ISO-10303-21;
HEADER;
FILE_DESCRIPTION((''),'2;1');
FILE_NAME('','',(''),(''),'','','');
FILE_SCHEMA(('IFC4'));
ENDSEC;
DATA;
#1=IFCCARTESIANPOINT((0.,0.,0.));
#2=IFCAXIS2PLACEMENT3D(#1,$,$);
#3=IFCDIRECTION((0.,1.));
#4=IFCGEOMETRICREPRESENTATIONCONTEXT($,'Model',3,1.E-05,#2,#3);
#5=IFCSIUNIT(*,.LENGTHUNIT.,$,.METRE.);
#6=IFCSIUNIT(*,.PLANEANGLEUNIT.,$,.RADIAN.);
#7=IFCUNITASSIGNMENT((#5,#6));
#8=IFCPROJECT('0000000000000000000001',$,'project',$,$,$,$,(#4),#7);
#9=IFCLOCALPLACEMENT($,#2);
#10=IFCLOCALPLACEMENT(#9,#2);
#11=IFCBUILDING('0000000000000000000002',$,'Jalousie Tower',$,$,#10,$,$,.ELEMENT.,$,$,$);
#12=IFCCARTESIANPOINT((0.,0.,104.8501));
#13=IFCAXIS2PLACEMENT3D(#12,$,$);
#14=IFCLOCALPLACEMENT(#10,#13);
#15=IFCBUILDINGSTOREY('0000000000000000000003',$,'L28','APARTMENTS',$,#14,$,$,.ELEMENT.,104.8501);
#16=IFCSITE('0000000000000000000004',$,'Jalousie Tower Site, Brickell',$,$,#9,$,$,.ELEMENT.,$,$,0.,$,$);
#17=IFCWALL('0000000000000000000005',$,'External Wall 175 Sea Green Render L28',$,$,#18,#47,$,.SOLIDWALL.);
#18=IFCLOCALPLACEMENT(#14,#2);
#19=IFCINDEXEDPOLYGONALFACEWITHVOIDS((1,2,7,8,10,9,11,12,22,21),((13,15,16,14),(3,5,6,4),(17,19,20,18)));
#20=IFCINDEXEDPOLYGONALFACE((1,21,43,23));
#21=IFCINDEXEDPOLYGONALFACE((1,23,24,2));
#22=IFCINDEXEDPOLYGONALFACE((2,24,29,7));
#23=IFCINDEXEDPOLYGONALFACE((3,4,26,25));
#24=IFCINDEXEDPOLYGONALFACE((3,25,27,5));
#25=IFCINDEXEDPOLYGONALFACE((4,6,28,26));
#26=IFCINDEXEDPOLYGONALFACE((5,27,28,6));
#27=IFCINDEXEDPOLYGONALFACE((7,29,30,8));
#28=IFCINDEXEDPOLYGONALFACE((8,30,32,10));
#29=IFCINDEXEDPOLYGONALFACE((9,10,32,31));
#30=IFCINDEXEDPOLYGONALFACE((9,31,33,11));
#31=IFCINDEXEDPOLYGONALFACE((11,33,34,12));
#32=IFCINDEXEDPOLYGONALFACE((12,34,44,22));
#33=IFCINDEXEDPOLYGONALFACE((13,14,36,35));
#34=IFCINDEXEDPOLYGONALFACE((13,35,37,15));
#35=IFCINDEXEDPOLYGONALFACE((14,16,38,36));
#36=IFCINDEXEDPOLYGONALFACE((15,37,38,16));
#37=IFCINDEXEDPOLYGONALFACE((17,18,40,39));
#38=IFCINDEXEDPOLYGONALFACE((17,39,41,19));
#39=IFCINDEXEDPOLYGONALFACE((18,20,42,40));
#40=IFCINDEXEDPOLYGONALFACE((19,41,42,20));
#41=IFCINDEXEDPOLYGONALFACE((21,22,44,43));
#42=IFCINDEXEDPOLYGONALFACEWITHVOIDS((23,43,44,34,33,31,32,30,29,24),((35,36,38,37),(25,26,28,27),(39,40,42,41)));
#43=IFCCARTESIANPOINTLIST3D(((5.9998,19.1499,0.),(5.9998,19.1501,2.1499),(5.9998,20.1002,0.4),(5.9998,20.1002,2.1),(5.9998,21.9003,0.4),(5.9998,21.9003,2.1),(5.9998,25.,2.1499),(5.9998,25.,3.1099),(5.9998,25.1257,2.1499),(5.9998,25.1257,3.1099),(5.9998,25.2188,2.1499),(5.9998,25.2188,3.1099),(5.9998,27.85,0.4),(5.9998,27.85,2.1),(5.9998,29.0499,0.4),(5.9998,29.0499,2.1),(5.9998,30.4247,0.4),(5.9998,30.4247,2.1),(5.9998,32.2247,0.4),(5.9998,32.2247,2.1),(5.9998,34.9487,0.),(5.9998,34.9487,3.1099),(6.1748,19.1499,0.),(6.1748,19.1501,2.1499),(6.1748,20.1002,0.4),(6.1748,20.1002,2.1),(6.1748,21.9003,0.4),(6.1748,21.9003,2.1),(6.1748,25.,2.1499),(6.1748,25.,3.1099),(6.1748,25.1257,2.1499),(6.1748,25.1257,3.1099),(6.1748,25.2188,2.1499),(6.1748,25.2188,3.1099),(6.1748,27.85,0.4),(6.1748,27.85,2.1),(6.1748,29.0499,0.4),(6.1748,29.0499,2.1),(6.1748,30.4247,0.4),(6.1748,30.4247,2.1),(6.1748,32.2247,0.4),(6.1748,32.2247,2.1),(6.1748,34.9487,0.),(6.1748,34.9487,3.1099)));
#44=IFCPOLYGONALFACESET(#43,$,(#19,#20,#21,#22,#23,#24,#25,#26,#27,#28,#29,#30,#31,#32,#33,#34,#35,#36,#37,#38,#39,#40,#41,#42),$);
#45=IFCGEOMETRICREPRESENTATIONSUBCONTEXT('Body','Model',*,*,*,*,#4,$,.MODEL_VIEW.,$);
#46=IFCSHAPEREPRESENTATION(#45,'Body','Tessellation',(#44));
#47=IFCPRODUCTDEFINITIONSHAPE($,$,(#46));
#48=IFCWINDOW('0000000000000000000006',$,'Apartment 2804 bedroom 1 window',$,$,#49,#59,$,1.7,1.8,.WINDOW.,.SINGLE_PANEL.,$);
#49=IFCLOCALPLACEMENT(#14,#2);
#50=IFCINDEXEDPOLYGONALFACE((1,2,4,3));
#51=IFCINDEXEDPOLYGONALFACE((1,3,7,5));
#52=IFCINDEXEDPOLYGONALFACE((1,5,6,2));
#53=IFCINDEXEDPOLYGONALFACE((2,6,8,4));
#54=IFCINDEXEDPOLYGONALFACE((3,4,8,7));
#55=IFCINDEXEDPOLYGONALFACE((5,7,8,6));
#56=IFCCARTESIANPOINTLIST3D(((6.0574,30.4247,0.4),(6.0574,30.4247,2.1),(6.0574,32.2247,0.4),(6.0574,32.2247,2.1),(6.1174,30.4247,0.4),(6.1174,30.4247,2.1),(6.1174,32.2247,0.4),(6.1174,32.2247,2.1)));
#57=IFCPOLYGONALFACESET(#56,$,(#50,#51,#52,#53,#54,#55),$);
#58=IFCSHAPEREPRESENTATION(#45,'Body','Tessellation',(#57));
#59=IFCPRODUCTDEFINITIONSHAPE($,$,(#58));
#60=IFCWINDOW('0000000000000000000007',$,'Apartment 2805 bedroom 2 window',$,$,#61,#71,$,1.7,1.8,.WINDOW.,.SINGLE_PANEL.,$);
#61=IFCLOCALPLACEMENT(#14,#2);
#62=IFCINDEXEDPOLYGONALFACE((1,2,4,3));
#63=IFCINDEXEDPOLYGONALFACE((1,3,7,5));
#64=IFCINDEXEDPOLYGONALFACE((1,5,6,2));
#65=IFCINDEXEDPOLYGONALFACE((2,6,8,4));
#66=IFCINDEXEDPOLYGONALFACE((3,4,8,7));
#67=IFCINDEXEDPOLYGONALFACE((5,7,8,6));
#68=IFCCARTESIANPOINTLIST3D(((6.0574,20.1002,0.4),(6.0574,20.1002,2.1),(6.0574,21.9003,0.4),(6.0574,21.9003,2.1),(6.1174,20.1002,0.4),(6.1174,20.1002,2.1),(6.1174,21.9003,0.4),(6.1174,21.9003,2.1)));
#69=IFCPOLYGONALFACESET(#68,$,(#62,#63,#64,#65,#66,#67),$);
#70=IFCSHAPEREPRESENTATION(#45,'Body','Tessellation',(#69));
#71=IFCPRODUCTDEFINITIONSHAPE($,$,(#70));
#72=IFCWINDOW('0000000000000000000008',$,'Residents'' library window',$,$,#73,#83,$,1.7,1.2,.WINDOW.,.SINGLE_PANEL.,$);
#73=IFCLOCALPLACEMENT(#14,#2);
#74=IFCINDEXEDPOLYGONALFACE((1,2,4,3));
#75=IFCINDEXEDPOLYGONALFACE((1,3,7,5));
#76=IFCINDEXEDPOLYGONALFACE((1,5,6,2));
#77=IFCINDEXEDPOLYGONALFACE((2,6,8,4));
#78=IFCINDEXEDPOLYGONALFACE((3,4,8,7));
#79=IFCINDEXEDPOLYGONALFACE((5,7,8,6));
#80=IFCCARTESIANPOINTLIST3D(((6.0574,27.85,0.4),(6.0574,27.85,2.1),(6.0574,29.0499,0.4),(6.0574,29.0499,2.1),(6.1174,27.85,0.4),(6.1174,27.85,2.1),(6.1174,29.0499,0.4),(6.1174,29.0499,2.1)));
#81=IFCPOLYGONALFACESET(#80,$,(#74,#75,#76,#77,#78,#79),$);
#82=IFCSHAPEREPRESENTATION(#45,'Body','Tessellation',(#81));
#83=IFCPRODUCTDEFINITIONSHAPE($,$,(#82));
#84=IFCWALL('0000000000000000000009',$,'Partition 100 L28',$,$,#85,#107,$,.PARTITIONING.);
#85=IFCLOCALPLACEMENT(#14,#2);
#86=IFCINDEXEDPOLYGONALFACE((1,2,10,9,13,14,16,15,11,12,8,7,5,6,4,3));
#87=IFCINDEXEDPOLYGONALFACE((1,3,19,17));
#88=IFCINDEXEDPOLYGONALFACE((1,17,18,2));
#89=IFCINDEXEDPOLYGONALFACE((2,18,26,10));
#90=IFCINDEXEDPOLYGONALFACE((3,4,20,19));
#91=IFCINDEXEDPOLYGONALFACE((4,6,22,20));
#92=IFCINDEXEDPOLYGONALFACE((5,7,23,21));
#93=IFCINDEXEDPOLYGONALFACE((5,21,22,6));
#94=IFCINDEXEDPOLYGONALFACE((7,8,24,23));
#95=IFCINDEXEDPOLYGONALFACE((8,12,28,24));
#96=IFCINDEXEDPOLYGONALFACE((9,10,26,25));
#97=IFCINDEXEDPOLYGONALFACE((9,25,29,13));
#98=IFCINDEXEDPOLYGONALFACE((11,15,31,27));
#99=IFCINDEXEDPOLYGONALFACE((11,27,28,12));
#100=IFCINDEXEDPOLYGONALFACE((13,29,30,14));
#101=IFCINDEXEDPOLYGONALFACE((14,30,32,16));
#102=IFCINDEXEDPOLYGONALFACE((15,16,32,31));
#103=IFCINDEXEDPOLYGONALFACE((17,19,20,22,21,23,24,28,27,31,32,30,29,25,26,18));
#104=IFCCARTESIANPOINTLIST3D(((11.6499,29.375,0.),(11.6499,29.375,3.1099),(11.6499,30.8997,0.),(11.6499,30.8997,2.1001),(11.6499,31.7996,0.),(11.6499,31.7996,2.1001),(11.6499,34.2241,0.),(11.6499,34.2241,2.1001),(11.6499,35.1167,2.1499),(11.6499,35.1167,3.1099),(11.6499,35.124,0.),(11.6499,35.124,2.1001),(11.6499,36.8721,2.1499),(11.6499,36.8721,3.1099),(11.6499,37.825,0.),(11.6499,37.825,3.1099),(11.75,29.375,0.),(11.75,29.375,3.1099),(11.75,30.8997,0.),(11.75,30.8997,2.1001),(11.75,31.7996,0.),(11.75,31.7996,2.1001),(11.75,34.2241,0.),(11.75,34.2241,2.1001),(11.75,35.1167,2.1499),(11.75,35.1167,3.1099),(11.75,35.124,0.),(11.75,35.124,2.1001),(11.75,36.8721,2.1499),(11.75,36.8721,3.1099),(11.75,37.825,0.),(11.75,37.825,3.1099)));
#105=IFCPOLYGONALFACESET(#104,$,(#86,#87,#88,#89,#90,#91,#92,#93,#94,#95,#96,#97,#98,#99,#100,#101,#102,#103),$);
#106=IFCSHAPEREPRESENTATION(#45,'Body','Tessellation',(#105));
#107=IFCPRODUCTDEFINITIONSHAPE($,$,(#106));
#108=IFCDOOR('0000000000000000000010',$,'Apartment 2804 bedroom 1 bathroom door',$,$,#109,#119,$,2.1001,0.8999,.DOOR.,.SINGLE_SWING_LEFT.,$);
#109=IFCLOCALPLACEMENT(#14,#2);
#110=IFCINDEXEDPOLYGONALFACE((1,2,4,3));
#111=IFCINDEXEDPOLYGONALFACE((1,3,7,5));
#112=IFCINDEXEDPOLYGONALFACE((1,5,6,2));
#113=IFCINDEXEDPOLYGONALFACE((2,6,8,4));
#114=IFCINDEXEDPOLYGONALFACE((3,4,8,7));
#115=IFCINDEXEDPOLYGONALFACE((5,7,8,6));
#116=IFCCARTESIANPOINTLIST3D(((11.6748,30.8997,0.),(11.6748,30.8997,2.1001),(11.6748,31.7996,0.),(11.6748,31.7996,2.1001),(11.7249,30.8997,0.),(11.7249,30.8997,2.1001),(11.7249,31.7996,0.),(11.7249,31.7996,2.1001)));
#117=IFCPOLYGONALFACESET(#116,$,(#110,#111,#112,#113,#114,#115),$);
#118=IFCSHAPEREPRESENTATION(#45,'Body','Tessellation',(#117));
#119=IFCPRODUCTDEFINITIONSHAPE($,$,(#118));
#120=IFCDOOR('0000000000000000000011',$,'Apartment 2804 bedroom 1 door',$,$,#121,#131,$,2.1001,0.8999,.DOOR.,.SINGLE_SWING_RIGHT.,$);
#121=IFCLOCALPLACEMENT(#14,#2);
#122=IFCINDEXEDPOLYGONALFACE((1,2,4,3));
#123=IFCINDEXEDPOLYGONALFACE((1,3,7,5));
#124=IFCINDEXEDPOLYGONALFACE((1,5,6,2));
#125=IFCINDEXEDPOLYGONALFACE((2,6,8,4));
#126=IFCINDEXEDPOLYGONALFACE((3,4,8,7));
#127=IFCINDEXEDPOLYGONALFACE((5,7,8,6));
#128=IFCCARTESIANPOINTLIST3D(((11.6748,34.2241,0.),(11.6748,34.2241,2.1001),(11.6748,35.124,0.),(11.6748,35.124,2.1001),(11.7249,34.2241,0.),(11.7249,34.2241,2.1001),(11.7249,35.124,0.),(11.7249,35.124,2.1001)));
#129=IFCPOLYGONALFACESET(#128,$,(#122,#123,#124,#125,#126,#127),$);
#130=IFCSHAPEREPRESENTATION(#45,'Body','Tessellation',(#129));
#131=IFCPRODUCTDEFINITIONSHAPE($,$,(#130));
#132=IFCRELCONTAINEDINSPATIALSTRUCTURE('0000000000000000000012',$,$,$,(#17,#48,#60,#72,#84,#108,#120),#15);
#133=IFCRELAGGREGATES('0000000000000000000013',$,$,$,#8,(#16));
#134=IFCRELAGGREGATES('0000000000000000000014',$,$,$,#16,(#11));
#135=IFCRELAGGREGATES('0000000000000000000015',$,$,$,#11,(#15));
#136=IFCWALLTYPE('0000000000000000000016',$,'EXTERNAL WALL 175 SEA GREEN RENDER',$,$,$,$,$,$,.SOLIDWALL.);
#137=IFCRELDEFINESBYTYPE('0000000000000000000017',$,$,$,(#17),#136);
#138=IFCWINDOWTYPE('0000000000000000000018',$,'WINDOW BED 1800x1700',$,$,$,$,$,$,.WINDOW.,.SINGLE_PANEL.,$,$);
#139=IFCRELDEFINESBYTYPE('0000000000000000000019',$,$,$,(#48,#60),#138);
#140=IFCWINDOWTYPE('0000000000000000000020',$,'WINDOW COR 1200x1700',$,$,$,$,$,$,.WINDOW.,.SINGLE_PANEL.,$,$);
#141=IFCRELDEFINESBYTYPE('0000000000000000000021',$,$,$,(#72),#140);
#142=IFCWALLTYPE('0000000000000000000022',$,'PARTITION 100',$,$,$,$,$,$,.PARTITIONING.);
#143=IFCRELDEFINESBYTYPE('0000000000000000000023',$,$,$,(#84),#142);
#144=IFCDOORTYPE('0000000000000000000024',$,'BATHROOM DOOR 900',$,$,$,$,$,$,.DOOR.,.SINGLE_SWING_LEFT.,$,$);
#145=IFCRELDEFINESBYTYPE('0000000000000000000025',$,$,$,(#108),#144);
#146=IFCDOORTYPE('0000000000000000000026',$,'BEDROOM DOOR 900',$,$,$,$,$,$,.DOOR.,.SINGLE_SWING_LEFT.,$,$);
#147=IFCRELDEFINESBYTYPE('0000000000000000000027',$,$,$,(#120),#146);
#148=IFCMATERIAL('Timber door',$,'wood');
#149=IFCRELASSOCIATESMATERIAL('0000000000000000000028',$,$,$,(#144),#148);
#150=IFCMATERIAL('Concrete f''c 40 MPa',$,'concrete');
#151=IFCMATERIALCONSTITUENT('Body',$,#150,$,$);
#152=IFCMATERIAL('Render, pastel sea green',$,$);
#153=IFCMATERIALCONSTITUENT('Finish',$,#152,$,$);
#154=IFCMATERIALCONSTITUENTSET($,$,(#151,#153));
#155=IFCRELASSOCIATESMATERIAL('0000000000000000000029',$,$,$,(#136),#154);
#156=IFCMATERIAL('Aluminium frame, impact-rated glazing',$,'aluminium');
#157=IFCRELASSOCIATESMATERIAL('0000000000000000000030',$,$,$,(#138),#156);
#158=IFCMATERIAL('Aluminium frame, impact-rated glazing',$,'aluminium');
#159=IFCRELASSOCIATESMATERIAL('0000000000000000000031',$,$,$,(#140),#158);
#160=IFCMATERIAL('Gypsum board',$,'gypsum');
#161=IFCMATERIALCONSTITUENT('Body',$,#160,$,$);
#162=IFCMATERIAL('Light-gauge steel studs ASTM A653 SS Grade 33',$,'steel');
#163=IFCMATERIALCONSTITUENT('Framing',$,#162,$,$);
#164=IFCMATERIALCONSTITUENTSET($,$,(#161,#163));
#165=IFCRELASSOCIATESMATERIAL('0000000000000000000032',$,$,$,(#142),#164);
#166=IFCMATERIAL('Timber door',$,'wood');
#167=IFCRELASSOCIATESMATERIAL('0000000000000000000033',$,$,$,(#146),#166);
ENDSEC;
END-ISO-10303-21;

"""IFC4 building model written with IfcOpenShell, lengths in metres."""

from ifc_helpers import new_model, si_unit, direction, frame, frame_2d, origin, place, context, subcontext, project, spatial, polyline, rectangle, outline, extrude, material, constituent, constituent_set, type_object, element, fill, save


model = new_model("IFC4")

# Units and contexts
model_context = context("Model", 3, precision=1e-05, world=origin(), true_north=direction((0.0, 1.0)))
body_context = subcontext(model_context, "Body", "Model", "MODEL_VIEW")
ifc_project = project(units=[si_unit("LENGTHUNIT", "METRE"), si_unit("PLANEANGLEUNIT", "RADIAN")], contexts=[model_context])

# Site, building, storey
site_placement = place(None, origin())
site = spatial("IfcSite", under=ifc_project, at=site_placement, Name="Jalousie Tower Site, Brickell", CompositionType="ELEMENT", RefElevation=0.0)
building_placement = place(site_placement, origin())
building = spatial("IfcBuilding", under=site, at=building_placement, Name="Jalousie Tower", CompositionType="ELEMENT")
storey_placement = place(building_placement, frame((0.0, 0.0, 104.8501)))
storey = spatial("IfcBuildingStorey", under=building, at=storey_placement, Name="L28", Description="APARTMENTS", CompositionType="ELEMENT", Elevation=104.8501)

# Shared definitions
ifc_material_1 = material(Name="Timber door", Category="wood")
door_type_1 = type_object("IfcDoorType", Name="BATHROOM DOOR 900", OperationType="SINGLE_SWING_LEFT", PredefinedType="DOOR", material=ifc_material_1)

# Wall, openings, windows
ifc_material_2 = material(Name="Concrete f'c 40 MPa", Category="concrete")
ifc_constituent_1 = constituent(ifc_material_2, Name="Body")
ifc_material_3 = material(Name="Render, pastel sea green")
ifc_constituent_2 = constituent(ifc_material_3, Name="Finish")
ifc_constituent_set_1 = constituent_set(constituents=[ifc_constituent_1, ifc_constituent_2])
wall_type_1 = type_object("IfcWallType", Name="EXTERNAL WALL 175 SEA GREEN RENDER", PredefinedType="SOLIDWALL", material=ifc_constituent_set_1)
wall_1_placement = place(storey_placement, frame((6.0874, 34.9487, 0.0), z_axis=(0.0, 0.0, 1.0), x_axis=(0.0, -1.0, 0.0)))
wall_1 = element("IfcWall", 1, at=wall_1_placement, inside=storey, type_object=wall_type_1, Name="External Wall 175 Sea Green Render L28", PredefinedType="SOLIDWALL", context=body_context, shape_type="SweptSolid", body=[
    extrude(outline(polyline([(0.0, 0.0), (15.7988, 0.0), (15.7986, 2.1499), (9.9487, 2.1499), (9.9487, 3.1099), (9.823, 3.1099), (9.823, 2.1499), (9.73, 2.1499), (9.73, 3.1099), (0.0, 3.1099), (0.0, 0.0)])), frame((0.0, 0.0874, 0.0), z_axis=(0.0, -1.0, 0.0), x_axis=(1.0, 0.0, 0.0)), (0.0, 0.0, 1.0), 0.175),
])
opening_1_placement = place(wall_1_placement, frame((2.7241, 0.0, 0.3999)))
opening_1 = element("IfcOpeningElement", 2, at=opening_1_placement, cuts=wall_1, PredefinedType="OPENING", context=body_context, shape_type="SweptSolid", body=[
    extrude(rectangle(XDim=1.8, YDim=1.7, at=frame_2d((0.8999, 0.8501))), frame((0.0, 0.0974, 0.0), z_axis=(0.0, -1.0, 0.0), x_axis=(1.0, 0.0, 0.0)), (0.0, 0.0, 1.0), 0.1951),
])
opening_2_placement = place(wall_1_placement, frame((5.8987, 0.0, 0.3999)))
opening_2 = element("IfcOpeningElement", 3, at=opening_2_placement, cuts=wall_1, PredefinedType="OPENING", context=body_context, shape_type="SweptSolid", body=[
    extrude(rectangle(XDim=1.2, YDim=1.7, at=frame_2d((0.6001, 0.8501))), frame((0.0, 0.0974, 0.0), z_axis=(0.0, -1.0, 0.0), x_axis=(1.0, 0.0, 0.0)), (0.0, 0.0, 1.0), 0.1951),
])
opening_3_placement = place(wall_1_placement, frame((13.0486, 0.0, 0.3999)))
opening_3 = element("IfcOpeningElement", 4, at=opening_3_placement, cuts=wall_1, PredefinedType="OPENING", context=body_context, shape_type="SweptSolid", body=[
    extrude(rectangle(XDim=1.8, YDim=1.7, at=frame_2d((0.8999, 0.8501))), frame((0.0, 0.0974, 0.0), z_axis=(0.0, -1.0, 0.0), x_axis=(1.0, 0.0, 0.0)), (0.0, 0.0, 1.0), 0.1951),
])
ifc_material_4 = material(Name="Aluminium frame, impact-rated glazing", Category="aluminium")
window_type_1 = type_object("IfcWindowType", Name="WINDOW BED 1800x1700", PartitioningType="SINGLE_PANEL", PredefinedType="WINDOW", material=ifc_material_4)
window_1_placement = place(opening_1_placement, origin())
window_1 = element("IfcWindow", 5, at=window_1_placement, inside=storey, type_object=window_type_1, Name="Apartment 2804 bedroom 1 window", OverallHeight=1.7, OverallWidth=1.8, PartitioningType="SINGLE_PANEL", PredefinedType="WINDOW", context=body_context, shape_type="SweptSolid", body=[
    extrude(rectangle(XDim=1.8, YDim=1.7, at=frame_2d((0.8999, 0.8501))), frame((0.0, 0.03, 0.0), z_axis=(0.0, -1.0, 0.0), x_axis=(1.0, 0.0, 0.0)), (0.0, 0.0, 1.0), 0.0601),
])
fill(opening_1, window_1)
window_2_placement = place(opening_3_placement, origin())
window_2 = element("IfcWindow", 6, at=window_2_placement, inside=storey, type_object=window_type_1, Name="Apartment 2805 bedroom 2 window", OverallHeight=1.7, OverallWidth=1.8, PartitioningType="SINGLE_PANEL", PredefinedType="WINDOW", context=body_context, shape_type="SweptSolid", body=[
    extrude(rectangle(XDim=1.8, YDim=1.7, at=frame_2d((0.8999, 0.8501))), frame((0.0, 0.03, 0.0), z_axis=(0.0, -1.0, 0.0), x_axis=(1.0, 0.0, 0.0)), (0.0, 0.0, 1.0), 0.0601),
])
fill(opening_3, window_2)
ifc_material_5 = material(Name="Aluminium frame, impact-rated glazing", Category="aluminium")
window_type_2 = type_object("IfcWindowType", Name="WINDOW COR 1200x1700", PartitioningType="SINGLE_PANEL", PredefinedType="WINDOW", material=ifc_material_5)
window_3_placement = place(opening_2_placement, origin())
window_3 = element("IfcWindow", 7, at=window_3_placement, inside=storey, type_object=window_type_2, Name="Residents' library window", OverallHeight=1.7, OverallWidth=1.2, PartitioningType="SINGLE_PANEL", PredefinedType="WINDOW", context=body_context, shape_type="SweptSolid", body=[
    extrude(rectangle(XDim=1.2, YDim=1.7, at=frame_2d((0.6001, 0.8501))), frame((0.0, 0.03, 0.0), z_axis=(0.0, -1.0, 0.0), x_axis=(1.0, 0.0, 0.0)), (0.0, 0.0, 1.0), 0.0601),
])
fill(opening_2, window_3)

# Wall, openings, doors
ifc_material_6 = material(Name="Gypsum board", Category="gypsum")
ifc_constituent_3 = constituent(ifc_material_6, Name="Body")
ifc_material_7 = material(Name="Light-gauge steel studs ASTM A653 SS Grade 33", Category="steel")
ifc_constituent_4 = constituent(ifc_material_7, Name="Framing")
ifc_constituent_set_2 = constituent_set(constituents=[ifc_constituent_3, ifc_constituent_4])
wall_type_2 = type_object("IfcWallType", Name="PARTITION 100", PredefinedType="PARTITIONING", material=ifc_constituent_set_2)
wall_2_placement = place(storey_placement, frame((11.7, 37.825, 0.0), z_axis=(0.0, 0.0, 1.0), x_axis=(0.0, -1.0, 0.0)))
wall_2 = element("IfcWall", 8, at=wall_2_placement, inside=storey, type_object=wall_type_2, Name="Partition 100 L28", PredefinedType="PARTITIONING", context=body_context, shape_type="SweptSolid", body=[
    extrude(outline(polyline([(0.0, 0.0), (8.45, 0.0), (8.45, 3.1099), (2.7083, 3.1099), (2.7083, 2.1499), (0.9529, 2.1499), (0.9529, 3.1099), (0.0, 3.1099), (0.0, 0.0)])), frame((0.0, 0.05, 0.0), z_axis=(0.0, -1.0, 0.0), x_axis=(1.0, 0.0, 0.0)), (0.0, 0.0, 1.0), 0.1001),
])
opening_4_placement = place(wall_2_placement, frame((2.7009, 0.0, 0.0)))
opening_4 = element("IfcOpeningElement", 9, at=opening_4_placement, cuts=wall_2, PredefinedType="OPENING", context=body_context, shape_type="SweptSolid", body=[
    extrude(rectangle(XDim=0.8999, YDim=2.1001, at=frame_2d((0.45, 1.05))), frame((0.0, 0.0601, 0.0), z_axis=(0.0, -1.0, 0.0), x_axis=(1.0, 0.0, 0.0)), (0.0, 0.0, 1.0), 0.1201),
])
opening_5_placement = place(wall_2_placement, frame((6.0254, 0.0, 0.0)))
opening_5 = element("IfcOpeningElement", 10, at=opening_5_placement, cuts=wall_2, PredefinedType="OPENING", context=body_context, shape_type="SweptSolid", body=[
    extrude(rectangle(XDim=0.8999, YDim=2.1001, at=frame_2d((0.45, 1.05))), frame((0.0, 0.0601, 0.0), z_axis=(0.0, -1.0, 0.0), x_axis=(1.0, 0.0, 0.0)), (0.0, 0.0, 1.0), 0.1201),
])
door_1_placement = place(opening_5_placement, origin())
door_1 = element("IfcDoor", 11, at=door_1_placement, inside=storey, type_object=door_type_1, Name="Apartment 2804 bedroom 1 bathroom door", OperationType="SINGLE_SWING_LEFT", OverallHeight=2.1001, OverallWidth=0.8999, PredefinedType="DOOR", context=body_context, shape_type="SweptSolid", body=[
    extrude(rectangle(XDim=0.8999, YDim=2.1001, at=frame_2d((0.45, 1.05))), frame((0.0, 0.0249, 0.0), z_axis=(0.0, -1.0, 0.0), x_axis=(1.0, 0.0, 0.0)), (0.0, 0.0, 1.0), 0.05),
])
fill(opening_5, door_1)
ifc_material_8 = material(Name="Timber door", Category="wood")
door_type_2 = type_object("IfcDoorType", Name="BEDROOM DOOR 900", OperationType="SINGLE_SWING_LEFT", PredefinedType="DOOR", material=ifc_material_8)
door_2_placement = place(opening_4_placement, origin())
door_2 = element("IfcDoor", 12, at=door_2_placement, inside=storey, type_object=door_type_2, Name="Apartment 2804 bedroom 1 door", OperationType="SINGLE_SWING_RIGHT", OverallHeight=2.1001, OverallWidth=0.8999, PredefinedType="DOOR", context=body_context, shape_type="SweptSolid", body=[
    extrude(rectangle(XDim=0.8999, YDim=2.1001, at=frame_2d((0.45, 1.05))), frame((0.0, 0.0249, 0.0), z_axis=(0.0, -1.0, 0.0), x_axis=(1.0, 0.0, 0.0)), (0.0, 0.0, 1.0), 0.05),
])
fill(opening_4, door_2)

save(model, "model.ifc")
